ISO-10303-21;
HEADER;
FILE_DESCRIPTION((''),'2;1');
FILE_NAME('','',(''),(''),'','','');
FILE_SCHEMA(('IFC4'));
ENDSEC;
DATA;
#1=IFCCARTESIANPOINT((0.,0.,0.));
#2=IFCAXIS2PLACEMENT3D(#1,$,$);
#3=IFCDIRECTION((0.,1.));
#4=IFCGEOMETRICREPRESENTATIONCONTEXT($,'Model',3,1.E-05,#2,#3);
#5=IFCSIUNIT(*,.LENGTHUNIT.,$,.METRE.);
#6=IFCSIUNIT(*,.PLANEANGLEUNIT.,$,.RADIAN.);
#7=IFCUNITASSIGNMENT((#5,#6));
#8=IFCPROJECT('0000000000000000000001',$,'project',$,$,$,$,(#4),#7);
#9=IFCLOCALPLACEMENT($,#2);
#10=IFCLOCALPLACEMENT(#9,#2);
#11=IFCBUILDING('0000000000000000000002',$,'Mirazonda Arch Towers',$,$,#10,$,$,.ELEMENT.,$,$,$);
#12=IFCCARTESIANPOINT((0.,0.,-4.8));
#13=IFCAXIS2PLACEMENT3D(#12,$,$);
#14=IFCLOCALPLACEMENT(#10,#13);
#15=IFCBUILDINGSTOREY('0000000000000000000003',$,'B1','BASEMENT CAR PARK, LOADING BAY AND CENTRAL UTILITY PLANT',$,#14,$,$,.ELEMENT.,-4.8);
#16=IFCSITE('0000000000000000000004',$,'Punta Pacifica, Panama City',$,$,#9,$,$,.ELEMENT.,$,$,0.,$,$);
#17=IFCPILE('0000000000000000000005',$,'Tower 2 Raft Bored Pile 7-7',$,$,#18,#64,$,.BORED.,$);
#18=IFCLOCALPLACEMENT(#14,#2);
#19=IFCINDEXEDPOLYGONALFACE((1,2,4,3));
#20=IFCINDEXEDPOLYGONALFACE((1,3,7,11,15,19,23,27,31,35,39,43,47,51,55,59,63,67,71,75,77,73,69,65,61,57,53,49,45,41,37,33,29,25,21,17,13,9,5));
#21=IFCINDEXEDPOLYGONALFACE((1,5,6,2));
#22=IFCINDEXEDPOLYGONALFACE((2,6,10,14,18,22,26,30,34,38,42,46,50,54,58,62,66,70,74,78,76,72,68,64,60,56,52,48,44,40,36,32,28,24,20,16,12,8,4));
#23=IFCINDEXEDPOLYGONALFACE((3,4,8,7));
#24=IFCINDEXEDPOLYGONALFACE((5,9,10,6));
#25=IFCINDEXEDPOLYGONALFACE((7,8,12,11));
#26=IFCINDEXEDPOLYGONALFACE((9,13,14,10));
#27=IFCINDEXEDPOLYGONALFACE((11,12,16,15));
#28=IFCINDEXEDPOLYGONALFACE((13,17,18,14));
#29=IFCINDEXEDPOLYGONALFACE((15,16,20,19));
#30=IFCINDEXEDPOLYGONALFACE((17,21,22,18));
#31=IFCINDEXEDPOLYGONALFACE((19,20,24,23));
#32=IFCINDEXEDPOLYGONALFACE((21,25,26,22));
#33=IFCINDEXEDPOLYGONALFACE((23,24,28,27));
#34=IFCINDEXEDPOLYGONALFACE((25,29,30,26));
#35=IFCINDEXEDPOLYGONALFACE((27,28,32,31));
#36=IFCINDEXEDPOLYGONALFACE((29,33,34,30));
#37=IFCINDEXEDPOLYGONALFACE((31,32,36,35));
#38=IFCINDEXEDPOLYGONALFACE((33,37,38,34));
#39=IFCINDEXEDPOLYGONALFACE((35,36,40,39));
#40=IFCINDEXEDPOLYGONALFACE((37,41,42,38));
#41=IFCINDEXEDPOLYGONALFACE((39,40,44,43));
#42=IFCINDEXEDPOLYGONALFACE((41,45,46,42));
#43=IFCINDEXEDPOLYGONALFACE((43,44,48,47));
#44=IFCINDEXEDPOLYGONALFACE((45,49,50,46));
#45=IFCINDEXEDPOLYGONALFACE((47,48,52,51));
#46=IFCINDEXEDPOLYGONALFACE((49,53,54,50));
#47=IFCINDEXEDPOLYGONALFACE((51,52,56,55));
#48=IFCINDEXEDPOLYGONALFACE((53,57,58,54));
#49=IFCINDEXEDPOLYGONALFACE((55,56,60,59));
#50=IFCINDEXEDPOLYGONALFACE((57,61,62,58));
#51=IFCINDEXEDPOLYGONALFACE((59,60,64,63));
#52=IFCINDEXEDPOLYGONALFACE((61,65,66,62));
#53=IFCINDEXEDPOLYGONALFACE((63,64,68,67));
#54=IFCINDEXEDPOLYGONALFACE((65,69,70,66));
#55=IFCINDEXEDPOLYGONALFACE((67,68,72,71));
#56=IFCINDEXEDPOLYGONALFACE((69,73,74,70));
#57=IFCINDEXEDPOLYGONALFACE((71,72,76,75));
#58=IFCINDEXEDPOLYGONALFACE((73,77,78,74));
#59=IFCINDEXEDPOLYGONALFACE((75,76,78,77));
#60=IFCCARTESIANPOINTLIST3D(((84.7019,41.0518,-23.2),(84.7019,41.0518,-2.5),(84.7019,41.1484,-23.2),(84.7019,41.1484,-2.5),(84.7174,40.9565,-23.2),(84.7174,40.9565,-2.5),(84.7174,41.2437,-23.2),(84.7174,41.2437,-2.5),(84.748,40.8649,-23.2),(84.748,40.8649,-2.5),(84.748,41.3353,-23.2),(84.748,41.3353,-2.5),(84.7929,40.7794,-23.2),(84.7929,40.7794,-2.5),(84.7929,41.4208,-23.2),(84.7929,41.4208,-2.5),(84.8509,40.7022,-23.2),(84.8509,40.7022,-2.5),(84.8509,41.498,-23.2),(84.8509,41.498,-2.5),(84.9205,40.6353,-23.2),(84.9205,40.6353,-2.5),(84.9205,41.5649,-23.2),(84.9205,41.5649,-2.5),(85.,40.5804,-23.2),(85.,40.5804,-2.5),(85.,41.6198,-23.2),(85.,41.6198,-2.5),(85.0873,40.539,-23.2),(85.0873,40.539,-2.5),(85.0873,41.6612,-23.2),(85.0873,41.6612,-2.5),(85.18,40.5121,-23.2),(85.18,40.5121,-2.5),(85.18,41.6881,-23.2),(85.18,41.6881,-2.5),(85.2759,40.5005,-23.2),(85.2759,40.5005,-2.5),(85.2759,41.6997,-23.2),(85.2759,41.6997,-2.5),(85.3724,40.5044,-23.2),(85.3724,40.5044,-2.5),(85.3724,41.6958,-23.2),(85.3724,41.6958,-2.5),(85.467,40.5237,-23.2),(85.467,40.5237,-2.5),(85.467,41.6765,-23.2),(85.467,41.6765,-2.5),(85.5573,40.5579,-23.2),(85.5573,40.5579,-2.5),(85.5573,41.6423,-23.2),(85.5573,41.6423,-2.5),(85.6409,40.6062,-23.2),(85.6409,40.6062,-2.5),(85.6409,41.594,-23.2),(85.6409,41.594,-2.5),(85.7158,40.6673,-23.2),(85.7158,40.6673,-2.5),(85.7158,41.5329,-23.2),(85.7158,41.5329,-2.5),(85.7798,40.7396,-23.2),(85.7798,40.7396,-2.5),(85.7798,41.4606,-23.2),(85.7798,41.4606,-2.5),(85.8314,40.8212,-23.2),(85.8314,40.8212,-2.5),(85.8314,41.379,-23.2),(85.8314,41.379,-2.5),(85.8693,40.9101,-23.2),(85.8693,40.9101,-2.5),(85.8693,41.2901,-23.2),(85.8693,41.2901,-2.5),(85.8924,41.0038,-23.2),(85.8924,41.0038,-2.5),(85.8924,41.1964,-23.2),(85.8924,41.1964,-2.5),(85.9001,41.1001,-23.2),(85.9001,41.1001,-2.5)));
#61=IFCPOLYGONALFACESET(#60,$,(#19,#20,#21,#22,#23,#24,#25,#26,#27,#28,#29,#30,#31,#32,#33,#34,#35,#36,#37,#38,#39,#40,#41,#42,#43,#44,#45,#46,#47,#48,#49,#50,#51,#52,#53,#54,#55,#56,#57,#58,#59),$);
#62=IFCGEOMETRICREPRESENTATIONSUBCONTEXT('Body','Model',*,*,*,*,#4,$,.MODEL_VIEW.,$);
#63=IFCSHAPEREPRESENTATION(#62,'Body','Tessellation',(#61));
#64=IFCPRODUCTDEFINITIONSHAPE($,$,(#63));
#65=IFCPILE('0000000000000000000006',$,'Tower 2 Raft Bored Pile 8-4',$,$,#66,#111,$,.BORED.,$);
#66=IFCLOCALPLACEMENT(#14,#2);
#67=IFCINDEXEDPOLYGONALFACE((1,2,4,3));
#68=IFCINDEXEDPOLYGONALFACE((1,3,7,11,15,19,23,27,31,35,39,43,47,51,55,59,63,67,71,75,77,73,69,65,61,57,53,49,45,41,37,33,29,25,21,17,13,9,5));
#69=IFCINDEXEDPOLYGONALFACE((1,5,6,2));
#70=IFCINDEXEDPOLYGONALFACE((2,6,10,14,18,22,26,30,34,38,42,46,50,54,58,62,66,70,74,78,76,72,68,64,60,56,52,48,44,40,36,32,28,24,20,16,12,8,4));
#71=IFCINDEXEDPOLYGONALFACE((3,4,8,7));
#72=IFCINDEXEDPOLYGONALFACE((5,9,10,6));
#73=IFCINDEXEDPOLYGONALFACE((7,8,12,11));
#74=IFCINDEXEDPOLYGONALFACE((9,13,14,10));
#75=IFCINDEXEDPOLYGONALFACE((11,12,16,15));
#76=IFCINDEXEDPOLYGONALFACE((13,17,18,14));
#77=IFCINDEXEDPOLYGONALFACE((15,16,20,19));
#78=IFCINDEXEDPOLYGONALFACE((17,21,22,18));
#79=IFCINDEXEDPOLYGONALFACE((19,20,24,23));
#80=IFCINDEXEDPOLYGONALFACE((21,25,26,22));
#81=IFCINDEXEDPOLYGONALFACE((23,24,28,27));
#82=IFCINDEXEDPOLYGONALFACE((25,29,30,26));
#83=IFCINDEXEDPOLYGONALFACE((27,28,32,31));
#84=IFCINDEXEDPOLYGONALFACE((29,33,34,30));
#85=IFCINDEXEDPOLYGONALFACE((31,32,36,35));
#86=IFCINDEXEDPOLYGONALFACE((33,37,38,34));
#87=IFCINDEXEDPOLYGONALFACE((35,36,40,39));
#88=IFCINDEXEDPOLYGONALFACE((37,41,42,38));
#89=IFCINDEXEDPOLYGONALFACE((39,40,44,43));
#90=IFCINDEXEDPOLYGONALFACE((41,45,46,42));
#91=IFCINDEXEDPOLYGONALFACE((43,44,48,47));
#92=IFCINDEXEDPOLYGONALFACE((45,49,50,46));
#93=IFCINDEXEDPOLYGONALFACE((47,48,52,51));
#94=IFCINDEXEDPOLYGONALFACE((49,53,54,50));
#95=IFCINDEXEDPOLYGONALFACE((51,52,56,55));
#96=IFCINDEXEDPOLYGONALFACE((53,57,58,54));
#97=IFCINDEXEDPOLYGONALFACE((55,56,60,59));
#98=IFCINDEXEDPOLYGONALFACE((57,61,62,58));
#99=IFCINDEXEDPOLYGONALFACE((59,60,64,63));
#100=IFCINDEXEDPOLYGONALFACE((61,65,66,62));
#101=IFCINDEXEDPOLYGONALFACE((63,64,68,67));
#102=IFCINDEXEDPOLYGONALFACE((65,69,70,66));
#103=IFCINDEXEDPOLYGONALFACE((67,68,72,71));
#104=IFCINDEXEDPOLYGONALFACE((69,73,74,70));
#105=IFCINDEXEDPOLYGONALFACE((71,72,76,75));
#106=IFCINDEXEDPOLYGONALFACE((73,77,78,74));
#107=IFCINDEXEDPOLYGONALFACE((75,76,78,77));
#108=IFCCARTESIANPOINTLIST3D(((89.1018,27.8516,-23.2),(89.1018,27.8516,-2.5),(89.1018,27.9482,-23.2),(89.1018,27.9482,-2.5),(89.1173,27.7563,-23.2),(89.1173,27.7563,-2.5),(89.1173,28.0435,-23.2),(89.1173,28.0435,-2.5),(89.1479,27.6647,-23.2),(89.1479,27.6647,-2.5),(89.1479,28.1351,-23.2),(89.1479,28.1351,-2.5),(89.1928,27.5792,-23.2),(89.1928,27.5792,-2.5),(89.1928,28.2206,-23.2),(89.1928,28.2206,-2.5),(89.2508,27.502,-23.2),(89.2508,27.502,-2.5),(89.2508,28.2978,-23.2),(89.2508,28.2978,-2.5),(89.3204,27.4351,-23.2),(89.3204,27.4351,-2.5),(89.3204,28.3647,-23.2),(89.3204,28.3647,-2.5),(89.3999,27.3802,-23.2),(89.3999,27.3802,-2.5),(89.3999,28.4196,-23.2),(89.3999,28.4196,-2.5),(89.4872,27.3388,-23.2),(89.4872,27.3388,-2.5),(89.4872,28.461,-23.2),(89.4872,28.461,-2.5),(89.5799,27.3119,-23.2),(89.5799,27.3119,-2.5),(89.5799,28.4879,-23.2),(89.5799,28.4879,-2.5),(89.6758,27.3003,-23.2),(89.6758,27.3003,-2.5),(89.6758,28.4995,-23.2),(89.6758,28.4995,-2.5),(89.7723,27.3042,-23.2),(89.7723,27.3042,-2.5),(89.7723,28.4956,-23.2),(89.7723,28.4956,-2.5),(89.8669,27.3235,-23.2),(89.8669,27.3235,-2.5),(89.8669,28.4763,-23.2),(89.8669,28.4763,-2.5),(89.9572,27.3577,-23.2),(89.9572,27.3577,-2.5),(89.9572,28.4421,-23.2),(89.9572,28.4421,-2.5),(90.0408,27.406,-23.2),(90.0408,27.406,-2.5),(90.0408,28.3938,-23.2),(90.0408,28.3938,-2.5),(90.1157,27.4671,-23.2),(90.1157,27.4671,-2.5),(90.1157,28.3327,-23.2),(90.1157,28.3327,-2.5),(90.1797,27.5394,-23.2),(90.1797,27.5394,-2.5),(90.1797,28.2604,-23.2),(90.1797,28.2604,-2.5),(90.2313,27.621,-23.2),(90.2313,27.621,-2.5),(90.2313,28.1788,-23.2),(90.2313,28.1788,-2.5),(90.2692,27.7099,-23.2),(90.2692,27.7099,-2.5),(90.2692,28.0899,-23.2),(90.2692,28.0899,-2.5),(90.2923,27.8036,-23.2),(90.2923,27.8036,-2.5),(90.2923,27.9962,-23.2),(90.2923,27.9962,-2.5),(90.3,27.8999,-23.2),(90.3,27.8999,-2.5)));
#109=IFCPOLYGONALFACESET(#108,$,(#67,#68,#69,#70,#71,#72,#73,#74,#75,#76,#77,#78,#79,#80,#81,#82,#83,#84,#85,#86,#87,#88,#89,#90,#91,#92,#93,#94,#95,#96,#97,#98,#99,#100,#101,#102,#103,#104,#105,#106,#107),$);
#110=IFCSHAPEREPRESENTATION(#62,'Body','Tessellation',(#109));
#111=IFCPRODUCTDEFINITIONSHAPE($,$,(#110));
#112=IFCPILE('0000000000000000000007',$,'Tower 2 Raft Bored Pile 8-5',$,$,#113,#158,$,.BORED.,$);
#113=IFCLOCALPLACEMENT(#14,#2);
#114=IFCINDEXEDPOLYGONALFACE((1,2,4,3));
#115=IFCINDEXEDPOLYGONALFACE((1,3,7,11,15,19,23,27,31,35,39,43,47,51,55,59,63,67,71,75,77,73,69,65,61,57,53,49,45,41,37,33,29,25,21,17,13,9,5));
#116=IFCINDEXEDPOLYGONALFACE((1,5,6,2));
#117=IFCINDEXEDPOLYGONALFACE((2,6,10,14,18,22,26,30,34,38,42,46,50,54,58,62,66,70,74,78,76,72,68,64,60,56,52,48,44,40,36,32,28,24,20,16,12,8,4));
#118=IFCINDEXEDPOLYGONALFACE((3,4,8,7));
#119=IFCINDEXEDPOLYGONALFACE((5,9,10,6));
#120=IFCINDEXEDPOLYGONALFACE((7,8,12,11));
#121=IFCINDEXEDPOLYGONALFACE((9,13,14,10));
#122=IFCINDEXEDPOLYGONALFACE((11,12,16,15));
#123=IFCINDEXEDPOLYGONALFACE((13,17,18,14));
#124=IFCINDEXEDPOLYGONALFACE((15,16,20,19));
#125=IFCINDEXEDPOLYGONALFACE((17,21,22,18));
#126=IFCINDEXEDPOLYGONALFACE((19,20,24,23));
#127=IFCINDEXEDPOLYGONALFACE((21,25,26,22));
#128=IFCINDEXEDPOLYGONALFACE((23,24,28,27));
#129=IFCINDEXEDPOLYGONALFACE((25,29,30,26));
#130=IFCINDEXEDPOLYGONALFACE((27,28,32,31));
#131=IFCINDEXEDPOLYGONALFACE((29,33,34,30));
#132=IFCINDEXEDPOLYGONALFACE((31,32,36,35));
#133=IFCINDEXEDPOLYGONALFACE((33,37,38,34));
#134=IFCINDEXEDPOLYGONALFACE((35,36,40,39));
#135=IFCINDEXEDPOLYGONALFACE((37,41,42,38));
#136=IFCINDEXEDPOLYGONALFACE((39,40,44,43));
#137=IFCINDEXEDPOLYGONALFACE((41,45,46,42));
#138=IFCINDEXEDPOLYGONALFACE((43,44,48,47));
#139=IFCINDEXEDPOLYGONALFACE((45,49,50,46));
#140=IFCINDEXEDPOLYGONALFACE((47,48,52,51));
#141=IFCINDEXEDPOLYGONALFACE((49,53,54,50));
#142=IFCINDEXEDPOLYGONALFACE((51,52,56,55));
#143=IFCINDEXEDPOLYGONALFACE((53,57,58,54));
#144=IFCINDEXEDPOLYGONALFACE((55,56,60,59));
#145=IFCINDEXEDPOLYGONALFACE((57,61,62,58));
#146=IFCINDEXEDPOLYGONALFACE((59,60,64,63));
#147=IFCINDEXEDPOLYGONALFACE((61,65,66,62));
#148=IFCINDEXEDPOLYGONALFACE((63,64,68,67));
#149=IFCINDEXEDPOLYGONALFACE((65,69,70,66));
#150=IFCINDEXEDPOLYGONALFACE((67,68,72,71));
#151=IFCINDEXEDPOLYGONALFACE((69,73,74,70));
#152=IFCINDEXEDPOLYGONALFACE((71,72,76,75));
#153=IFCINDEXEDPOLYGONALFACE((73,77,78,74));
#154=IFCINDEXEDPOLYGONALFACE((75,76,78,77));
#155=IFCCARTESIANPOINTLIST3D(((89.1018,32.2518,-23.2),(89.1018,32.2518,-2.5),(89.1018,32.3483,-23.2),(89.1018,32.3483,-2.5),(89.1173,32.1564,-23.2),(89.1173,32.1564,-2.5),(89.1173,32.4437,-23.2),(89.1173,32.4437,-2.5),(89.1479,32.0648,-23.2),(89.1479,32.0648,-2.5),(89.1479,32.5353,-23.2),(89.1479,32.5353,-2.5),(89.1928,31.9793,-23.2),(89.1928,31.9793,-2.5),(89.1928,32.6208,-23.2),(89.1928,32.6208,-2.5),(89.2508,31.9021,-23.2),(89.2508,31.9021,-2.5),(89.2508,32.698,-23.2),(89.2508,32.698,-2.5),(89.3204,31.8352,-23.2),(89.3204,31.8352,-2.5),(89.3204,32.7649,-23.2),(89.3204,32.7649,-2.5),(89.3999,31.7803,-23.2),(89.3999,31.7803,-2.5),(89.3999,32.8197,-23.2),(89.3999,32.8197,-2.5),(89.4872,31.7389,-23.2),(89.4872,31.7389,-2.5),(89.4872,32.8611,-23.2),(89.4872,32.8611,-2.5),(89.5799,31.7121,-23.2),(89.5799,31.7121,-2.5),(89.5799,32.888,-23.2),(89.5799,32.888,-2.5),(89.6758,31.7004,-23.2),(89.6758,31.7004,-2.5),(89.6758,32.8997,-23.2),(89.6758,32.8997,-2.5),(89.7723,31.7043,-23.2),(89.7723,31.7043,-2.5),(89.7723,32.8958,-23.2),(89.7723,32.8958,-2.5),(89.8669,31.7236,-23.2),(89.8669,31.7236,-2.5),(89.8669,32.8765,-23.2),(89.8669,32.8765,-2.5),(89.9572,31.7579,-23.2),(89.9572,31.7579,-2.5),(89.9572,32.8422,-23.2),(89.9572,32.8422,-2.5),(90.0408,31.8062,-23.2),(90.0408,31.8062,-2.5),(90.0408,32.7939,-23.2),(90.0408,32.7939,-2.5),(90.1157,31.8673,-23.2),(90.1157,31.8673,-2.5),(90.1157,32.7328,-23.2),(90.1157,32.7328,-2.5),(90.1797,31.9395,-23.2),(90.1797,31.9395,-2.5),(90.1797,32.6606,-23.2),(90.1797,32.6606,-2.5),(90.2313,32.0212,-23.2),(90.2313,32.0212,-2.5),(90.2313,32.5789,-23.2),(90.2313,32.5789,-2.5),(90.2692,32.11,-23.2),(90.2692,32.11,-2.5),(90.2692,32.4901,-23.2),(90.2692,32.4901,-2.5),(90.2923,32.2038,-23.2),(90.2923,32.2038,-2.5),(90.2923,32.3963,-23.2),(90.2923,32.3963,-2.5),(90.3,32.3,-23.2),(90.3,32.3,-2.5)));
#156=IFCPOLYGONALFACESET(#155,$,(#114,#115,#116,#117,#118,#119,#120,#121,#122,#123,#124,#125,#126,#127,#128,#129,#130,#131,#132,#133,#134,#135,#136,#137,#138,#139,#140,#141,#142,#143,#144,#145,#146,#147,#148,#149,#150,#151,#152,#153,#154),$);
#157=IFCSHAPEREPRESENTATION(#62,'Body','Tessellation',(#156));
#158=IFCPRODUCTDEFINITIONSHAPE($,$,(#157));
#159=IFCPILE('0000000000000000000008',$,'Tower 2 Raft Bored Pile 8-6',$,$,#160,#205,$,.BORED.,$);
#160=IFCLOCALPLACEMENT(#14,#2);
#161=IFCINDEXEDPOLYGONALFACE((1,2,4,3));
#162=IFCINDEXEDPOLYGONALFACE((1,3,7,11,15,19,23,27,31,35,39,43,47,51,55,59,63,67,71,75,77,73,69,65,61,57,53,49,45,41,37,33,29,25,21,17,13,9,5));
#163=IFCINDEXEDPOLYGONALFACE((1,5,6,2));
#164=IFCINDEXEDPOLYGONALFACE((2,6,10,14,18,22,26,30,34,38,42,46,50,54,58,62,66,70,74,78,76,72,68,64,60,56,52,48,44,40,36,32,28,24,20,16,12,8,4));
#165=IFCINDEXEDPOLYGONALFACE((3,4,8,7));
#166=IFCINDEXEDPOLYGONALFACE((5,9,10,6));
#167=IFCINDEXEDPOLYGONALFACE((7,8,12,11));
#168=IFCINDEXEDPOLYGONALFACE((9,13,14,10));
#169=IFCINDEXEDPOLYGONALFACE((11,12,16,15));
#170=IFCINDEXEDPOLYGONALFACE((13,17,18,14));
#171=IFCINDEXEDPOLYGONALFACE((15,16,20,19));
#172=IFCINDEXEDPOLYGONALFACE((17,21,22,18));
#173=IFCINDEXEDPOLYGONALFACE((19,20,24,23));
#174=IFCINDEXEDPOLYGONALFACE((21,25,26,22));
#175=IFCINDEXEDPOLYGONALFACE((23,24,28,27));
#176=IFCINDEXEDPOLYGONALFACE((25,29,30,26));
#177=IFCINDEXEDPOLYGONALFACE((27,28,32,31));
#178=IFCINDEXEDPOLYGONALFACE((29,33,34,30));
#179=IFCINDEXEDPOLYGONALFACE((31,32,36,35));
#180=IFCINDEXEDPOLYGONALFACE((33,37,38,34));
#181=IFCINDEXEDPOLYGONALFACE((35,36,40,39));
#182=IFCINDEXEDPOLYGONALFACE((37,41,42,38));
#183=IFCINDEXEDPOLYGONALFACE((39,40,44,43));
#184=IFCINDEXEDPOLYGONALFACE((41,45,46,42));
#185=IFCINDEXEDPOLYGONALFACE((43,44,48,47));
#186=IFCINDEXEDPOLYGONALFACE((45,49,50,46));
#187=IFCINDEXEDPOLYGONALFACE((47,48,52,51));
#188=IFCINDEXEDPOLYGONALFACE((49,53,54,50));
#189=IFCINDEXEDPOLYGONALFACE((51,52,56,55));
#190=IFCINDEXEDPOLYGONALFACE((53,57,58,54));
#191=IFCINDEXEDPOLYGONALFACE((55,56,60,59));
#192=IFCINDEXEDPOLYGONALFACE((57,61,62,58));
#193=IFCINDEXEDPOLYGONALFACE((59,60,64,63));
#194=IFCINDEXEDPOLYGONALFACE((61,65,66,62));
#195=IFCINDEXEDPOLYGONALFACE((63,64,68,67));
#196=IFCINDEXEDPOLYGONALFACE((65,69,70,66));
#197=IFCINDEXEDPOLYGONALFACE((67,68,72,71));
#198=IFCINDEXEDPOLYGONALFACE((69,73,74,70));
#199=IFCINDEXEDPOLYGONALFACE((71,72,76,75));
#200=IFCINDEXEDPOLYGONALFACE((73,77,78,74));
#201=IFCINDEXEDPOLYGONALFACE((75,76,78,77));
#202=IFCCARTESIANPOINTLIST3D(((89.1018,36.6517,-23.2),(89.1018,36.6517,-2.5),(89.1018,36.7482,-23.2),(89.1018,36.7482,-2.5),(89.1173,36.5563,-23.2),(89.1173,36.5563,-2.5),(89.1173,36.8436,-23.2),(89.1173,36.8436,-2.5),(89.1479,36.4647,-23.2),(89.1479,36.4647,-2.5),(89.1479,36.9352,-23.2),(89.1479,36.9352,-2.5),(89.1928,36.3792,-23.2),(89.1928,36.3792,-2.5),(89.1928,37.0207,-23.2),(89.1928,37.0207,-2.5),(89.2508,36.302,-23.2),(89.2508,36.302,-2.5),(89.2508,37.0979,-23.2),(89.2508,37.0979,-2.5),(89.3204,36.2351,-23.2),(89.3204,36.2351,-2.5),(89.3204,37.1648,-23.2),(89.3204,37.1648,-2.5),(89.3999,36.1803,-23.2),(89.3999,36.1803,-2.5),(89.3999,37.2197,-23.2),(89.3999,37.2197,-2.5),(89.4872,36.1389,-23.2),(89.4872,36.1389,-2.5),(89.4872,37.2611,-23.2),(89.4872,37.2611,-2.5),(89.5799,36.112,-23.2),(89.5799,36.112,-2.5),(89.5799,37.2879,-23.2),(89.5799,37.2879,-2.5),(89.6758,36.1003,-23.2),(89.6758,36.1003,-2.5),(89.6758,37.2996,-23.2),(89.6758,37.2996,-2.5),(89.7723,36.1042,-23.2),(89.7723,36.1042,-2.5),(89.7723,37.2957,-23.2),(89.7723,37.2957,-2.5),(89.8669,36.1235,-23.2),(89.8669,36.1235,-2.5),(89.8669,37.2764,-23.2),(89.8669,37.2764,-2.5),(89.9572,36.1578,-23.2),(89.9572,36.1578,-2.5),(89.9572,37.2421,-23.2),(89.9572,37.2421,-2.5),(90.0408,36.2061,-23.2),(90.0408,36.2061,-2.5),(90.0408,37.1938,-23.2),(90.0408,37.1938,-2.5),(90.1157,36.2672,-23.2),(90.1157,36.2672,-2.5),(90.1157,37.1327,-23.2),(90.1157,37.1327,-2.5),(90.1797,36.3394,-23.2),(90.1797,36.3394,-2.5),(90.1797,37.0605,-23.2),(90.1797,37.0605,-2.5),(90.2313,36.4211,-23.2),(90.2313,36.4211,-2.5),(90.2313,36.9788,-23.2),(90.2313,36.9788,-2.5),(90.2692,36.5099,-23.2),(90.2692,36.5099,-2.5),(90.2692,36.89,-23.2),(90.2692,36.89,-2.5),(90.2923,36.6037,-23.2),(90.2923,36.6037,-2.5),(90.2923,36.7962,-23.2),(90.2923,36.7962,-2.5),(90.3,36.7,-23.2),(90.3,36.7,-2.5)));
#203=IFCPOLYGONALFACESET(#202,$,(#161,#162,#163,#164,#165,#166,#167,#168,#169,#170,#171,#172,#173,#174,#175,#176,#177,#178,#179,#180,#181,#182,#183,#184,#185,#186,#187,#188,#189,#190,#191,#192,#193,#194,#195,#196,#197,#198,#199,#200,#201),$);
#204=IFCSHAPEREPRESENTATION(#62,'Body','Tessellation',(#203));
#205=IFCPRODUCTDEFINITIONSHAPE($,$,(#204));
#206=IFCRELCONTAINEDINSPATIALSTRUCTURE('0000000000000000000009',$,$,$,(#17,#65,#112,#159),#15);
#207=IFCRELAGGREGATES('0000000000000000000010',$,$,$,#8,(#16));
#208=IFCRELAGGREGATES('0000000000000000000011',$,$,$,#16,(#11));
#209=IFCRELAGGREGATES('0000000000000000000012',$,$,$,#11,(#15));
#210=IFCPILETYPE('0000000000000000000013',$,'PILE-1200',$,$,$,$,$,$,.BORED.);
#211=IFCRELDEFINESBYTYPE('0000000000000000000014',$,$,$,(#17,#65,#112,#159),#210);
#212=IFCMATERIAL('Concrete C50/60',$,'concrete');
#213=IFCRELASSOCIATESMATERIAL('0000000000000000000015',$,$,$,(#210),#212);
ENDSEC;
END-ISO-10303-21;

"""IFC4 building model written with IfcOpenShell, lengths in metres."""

from ifc_helpers import new_model, si_unit, direction, frame, origin, origin_2d, place, context, subcontext, project, spatial, circle, extrude, material, material_profile, profile_set, type_object, element, save


model = new_model("IFC4")

# Units and contexts
model_context = context("Model", 3, precision=1e-05, world=origin(), true_north=direction((0.0, 1.0)))
body_context = subcontext(model_context, "Body", "Model", "MODEL_VIEW")
ifc_project = project(units=[si_unit("LENGTHUNIT", "METRE"), si_unit("PLANEANGLEUNIT", "RADIAN")], contexts=[model_context])

# Site, building, storey
site_placement = place(None, origin())
site = spatial("IfcSite", under=ifc_project, at=site_placement, Name="Punta Pacifica, Panama City", CompositionType="ELEMENT", RefElevation=0.0)
building_placement = place(site_placement, origin())
building = spatial("IfcBuilding", under=site, at=building_placement, Name="Mirazonda Arch Towers", CompositionType="ELEMENT")
storey_placement = place(building_placement, frame((0.0, 0.0, -4.8)))
storey = spatial("IfcBuildingStorey", under=building, at=storey_placement, Name="B1", Description="BASEMENT CAR PARK, LOADING BAY AND CENTRAL UTILITY PLANT", CompositionType="ELEMENT", Elevation=-4.8)

# Piles
ifc_material_1 = material(Name="Concrete C50/60", Category="concrete")
ifc_material_profile_1 = material_profile(ifc_material_1, circle(Radius=0.6001, at=origin_2d()), Name="BORED-D1200")
ifc_profile_set_1 = profile_set([ifc_material_profile_1], Name="Concrete C50/60")
pile_type_1 = type_object("IfcPileType", Name="PILE-1200", PredefinedType="BORED", material=ifc_profile_set_1)
for number, where, z_axis, x_axis, name in (
    (1, (85.3, 41.1001, -2.5), (0.0, 0.0, -1.0), (1.0, 0.0, 0.0), "Tower 2 Raft Bored Pile 7-7"),
    (2, (89.7, 27.8999, -2.5), (0.0, 0.0, -1.0), (1.0, 0.0, 0.0), "Tower 2 Raft Bored Pile 8-4"),
    (3, (89.7, 32.3, -2.5), (0.0, 0.0, -1.0), (1.0, 0.0, 0.0), "Tower 2 Raft Bored Pile 8-5"),
    (4, (89.7, 36.7, -2.5), (0.0, 0.0, -1.0), (1.0, 0.0, 0.0), "Tower 2 Raft Bored Pile 8-6"),
):
    element("IfcPile", number, at=place(storey_placement, frame(where, z_axis=z_axis, x_axis=x_axis)), inside=storey, type_object=pile_type_1, Name=name, PredefinedType="BORED", context=body_context, shape_type="SweptSolid", body=[
        extrude(circle(Radius=0.6001, at=origin_2d()), origin(), (0.0, 0.0, 1.0), 20.7),
    ])

save(model, "model.ifc")
